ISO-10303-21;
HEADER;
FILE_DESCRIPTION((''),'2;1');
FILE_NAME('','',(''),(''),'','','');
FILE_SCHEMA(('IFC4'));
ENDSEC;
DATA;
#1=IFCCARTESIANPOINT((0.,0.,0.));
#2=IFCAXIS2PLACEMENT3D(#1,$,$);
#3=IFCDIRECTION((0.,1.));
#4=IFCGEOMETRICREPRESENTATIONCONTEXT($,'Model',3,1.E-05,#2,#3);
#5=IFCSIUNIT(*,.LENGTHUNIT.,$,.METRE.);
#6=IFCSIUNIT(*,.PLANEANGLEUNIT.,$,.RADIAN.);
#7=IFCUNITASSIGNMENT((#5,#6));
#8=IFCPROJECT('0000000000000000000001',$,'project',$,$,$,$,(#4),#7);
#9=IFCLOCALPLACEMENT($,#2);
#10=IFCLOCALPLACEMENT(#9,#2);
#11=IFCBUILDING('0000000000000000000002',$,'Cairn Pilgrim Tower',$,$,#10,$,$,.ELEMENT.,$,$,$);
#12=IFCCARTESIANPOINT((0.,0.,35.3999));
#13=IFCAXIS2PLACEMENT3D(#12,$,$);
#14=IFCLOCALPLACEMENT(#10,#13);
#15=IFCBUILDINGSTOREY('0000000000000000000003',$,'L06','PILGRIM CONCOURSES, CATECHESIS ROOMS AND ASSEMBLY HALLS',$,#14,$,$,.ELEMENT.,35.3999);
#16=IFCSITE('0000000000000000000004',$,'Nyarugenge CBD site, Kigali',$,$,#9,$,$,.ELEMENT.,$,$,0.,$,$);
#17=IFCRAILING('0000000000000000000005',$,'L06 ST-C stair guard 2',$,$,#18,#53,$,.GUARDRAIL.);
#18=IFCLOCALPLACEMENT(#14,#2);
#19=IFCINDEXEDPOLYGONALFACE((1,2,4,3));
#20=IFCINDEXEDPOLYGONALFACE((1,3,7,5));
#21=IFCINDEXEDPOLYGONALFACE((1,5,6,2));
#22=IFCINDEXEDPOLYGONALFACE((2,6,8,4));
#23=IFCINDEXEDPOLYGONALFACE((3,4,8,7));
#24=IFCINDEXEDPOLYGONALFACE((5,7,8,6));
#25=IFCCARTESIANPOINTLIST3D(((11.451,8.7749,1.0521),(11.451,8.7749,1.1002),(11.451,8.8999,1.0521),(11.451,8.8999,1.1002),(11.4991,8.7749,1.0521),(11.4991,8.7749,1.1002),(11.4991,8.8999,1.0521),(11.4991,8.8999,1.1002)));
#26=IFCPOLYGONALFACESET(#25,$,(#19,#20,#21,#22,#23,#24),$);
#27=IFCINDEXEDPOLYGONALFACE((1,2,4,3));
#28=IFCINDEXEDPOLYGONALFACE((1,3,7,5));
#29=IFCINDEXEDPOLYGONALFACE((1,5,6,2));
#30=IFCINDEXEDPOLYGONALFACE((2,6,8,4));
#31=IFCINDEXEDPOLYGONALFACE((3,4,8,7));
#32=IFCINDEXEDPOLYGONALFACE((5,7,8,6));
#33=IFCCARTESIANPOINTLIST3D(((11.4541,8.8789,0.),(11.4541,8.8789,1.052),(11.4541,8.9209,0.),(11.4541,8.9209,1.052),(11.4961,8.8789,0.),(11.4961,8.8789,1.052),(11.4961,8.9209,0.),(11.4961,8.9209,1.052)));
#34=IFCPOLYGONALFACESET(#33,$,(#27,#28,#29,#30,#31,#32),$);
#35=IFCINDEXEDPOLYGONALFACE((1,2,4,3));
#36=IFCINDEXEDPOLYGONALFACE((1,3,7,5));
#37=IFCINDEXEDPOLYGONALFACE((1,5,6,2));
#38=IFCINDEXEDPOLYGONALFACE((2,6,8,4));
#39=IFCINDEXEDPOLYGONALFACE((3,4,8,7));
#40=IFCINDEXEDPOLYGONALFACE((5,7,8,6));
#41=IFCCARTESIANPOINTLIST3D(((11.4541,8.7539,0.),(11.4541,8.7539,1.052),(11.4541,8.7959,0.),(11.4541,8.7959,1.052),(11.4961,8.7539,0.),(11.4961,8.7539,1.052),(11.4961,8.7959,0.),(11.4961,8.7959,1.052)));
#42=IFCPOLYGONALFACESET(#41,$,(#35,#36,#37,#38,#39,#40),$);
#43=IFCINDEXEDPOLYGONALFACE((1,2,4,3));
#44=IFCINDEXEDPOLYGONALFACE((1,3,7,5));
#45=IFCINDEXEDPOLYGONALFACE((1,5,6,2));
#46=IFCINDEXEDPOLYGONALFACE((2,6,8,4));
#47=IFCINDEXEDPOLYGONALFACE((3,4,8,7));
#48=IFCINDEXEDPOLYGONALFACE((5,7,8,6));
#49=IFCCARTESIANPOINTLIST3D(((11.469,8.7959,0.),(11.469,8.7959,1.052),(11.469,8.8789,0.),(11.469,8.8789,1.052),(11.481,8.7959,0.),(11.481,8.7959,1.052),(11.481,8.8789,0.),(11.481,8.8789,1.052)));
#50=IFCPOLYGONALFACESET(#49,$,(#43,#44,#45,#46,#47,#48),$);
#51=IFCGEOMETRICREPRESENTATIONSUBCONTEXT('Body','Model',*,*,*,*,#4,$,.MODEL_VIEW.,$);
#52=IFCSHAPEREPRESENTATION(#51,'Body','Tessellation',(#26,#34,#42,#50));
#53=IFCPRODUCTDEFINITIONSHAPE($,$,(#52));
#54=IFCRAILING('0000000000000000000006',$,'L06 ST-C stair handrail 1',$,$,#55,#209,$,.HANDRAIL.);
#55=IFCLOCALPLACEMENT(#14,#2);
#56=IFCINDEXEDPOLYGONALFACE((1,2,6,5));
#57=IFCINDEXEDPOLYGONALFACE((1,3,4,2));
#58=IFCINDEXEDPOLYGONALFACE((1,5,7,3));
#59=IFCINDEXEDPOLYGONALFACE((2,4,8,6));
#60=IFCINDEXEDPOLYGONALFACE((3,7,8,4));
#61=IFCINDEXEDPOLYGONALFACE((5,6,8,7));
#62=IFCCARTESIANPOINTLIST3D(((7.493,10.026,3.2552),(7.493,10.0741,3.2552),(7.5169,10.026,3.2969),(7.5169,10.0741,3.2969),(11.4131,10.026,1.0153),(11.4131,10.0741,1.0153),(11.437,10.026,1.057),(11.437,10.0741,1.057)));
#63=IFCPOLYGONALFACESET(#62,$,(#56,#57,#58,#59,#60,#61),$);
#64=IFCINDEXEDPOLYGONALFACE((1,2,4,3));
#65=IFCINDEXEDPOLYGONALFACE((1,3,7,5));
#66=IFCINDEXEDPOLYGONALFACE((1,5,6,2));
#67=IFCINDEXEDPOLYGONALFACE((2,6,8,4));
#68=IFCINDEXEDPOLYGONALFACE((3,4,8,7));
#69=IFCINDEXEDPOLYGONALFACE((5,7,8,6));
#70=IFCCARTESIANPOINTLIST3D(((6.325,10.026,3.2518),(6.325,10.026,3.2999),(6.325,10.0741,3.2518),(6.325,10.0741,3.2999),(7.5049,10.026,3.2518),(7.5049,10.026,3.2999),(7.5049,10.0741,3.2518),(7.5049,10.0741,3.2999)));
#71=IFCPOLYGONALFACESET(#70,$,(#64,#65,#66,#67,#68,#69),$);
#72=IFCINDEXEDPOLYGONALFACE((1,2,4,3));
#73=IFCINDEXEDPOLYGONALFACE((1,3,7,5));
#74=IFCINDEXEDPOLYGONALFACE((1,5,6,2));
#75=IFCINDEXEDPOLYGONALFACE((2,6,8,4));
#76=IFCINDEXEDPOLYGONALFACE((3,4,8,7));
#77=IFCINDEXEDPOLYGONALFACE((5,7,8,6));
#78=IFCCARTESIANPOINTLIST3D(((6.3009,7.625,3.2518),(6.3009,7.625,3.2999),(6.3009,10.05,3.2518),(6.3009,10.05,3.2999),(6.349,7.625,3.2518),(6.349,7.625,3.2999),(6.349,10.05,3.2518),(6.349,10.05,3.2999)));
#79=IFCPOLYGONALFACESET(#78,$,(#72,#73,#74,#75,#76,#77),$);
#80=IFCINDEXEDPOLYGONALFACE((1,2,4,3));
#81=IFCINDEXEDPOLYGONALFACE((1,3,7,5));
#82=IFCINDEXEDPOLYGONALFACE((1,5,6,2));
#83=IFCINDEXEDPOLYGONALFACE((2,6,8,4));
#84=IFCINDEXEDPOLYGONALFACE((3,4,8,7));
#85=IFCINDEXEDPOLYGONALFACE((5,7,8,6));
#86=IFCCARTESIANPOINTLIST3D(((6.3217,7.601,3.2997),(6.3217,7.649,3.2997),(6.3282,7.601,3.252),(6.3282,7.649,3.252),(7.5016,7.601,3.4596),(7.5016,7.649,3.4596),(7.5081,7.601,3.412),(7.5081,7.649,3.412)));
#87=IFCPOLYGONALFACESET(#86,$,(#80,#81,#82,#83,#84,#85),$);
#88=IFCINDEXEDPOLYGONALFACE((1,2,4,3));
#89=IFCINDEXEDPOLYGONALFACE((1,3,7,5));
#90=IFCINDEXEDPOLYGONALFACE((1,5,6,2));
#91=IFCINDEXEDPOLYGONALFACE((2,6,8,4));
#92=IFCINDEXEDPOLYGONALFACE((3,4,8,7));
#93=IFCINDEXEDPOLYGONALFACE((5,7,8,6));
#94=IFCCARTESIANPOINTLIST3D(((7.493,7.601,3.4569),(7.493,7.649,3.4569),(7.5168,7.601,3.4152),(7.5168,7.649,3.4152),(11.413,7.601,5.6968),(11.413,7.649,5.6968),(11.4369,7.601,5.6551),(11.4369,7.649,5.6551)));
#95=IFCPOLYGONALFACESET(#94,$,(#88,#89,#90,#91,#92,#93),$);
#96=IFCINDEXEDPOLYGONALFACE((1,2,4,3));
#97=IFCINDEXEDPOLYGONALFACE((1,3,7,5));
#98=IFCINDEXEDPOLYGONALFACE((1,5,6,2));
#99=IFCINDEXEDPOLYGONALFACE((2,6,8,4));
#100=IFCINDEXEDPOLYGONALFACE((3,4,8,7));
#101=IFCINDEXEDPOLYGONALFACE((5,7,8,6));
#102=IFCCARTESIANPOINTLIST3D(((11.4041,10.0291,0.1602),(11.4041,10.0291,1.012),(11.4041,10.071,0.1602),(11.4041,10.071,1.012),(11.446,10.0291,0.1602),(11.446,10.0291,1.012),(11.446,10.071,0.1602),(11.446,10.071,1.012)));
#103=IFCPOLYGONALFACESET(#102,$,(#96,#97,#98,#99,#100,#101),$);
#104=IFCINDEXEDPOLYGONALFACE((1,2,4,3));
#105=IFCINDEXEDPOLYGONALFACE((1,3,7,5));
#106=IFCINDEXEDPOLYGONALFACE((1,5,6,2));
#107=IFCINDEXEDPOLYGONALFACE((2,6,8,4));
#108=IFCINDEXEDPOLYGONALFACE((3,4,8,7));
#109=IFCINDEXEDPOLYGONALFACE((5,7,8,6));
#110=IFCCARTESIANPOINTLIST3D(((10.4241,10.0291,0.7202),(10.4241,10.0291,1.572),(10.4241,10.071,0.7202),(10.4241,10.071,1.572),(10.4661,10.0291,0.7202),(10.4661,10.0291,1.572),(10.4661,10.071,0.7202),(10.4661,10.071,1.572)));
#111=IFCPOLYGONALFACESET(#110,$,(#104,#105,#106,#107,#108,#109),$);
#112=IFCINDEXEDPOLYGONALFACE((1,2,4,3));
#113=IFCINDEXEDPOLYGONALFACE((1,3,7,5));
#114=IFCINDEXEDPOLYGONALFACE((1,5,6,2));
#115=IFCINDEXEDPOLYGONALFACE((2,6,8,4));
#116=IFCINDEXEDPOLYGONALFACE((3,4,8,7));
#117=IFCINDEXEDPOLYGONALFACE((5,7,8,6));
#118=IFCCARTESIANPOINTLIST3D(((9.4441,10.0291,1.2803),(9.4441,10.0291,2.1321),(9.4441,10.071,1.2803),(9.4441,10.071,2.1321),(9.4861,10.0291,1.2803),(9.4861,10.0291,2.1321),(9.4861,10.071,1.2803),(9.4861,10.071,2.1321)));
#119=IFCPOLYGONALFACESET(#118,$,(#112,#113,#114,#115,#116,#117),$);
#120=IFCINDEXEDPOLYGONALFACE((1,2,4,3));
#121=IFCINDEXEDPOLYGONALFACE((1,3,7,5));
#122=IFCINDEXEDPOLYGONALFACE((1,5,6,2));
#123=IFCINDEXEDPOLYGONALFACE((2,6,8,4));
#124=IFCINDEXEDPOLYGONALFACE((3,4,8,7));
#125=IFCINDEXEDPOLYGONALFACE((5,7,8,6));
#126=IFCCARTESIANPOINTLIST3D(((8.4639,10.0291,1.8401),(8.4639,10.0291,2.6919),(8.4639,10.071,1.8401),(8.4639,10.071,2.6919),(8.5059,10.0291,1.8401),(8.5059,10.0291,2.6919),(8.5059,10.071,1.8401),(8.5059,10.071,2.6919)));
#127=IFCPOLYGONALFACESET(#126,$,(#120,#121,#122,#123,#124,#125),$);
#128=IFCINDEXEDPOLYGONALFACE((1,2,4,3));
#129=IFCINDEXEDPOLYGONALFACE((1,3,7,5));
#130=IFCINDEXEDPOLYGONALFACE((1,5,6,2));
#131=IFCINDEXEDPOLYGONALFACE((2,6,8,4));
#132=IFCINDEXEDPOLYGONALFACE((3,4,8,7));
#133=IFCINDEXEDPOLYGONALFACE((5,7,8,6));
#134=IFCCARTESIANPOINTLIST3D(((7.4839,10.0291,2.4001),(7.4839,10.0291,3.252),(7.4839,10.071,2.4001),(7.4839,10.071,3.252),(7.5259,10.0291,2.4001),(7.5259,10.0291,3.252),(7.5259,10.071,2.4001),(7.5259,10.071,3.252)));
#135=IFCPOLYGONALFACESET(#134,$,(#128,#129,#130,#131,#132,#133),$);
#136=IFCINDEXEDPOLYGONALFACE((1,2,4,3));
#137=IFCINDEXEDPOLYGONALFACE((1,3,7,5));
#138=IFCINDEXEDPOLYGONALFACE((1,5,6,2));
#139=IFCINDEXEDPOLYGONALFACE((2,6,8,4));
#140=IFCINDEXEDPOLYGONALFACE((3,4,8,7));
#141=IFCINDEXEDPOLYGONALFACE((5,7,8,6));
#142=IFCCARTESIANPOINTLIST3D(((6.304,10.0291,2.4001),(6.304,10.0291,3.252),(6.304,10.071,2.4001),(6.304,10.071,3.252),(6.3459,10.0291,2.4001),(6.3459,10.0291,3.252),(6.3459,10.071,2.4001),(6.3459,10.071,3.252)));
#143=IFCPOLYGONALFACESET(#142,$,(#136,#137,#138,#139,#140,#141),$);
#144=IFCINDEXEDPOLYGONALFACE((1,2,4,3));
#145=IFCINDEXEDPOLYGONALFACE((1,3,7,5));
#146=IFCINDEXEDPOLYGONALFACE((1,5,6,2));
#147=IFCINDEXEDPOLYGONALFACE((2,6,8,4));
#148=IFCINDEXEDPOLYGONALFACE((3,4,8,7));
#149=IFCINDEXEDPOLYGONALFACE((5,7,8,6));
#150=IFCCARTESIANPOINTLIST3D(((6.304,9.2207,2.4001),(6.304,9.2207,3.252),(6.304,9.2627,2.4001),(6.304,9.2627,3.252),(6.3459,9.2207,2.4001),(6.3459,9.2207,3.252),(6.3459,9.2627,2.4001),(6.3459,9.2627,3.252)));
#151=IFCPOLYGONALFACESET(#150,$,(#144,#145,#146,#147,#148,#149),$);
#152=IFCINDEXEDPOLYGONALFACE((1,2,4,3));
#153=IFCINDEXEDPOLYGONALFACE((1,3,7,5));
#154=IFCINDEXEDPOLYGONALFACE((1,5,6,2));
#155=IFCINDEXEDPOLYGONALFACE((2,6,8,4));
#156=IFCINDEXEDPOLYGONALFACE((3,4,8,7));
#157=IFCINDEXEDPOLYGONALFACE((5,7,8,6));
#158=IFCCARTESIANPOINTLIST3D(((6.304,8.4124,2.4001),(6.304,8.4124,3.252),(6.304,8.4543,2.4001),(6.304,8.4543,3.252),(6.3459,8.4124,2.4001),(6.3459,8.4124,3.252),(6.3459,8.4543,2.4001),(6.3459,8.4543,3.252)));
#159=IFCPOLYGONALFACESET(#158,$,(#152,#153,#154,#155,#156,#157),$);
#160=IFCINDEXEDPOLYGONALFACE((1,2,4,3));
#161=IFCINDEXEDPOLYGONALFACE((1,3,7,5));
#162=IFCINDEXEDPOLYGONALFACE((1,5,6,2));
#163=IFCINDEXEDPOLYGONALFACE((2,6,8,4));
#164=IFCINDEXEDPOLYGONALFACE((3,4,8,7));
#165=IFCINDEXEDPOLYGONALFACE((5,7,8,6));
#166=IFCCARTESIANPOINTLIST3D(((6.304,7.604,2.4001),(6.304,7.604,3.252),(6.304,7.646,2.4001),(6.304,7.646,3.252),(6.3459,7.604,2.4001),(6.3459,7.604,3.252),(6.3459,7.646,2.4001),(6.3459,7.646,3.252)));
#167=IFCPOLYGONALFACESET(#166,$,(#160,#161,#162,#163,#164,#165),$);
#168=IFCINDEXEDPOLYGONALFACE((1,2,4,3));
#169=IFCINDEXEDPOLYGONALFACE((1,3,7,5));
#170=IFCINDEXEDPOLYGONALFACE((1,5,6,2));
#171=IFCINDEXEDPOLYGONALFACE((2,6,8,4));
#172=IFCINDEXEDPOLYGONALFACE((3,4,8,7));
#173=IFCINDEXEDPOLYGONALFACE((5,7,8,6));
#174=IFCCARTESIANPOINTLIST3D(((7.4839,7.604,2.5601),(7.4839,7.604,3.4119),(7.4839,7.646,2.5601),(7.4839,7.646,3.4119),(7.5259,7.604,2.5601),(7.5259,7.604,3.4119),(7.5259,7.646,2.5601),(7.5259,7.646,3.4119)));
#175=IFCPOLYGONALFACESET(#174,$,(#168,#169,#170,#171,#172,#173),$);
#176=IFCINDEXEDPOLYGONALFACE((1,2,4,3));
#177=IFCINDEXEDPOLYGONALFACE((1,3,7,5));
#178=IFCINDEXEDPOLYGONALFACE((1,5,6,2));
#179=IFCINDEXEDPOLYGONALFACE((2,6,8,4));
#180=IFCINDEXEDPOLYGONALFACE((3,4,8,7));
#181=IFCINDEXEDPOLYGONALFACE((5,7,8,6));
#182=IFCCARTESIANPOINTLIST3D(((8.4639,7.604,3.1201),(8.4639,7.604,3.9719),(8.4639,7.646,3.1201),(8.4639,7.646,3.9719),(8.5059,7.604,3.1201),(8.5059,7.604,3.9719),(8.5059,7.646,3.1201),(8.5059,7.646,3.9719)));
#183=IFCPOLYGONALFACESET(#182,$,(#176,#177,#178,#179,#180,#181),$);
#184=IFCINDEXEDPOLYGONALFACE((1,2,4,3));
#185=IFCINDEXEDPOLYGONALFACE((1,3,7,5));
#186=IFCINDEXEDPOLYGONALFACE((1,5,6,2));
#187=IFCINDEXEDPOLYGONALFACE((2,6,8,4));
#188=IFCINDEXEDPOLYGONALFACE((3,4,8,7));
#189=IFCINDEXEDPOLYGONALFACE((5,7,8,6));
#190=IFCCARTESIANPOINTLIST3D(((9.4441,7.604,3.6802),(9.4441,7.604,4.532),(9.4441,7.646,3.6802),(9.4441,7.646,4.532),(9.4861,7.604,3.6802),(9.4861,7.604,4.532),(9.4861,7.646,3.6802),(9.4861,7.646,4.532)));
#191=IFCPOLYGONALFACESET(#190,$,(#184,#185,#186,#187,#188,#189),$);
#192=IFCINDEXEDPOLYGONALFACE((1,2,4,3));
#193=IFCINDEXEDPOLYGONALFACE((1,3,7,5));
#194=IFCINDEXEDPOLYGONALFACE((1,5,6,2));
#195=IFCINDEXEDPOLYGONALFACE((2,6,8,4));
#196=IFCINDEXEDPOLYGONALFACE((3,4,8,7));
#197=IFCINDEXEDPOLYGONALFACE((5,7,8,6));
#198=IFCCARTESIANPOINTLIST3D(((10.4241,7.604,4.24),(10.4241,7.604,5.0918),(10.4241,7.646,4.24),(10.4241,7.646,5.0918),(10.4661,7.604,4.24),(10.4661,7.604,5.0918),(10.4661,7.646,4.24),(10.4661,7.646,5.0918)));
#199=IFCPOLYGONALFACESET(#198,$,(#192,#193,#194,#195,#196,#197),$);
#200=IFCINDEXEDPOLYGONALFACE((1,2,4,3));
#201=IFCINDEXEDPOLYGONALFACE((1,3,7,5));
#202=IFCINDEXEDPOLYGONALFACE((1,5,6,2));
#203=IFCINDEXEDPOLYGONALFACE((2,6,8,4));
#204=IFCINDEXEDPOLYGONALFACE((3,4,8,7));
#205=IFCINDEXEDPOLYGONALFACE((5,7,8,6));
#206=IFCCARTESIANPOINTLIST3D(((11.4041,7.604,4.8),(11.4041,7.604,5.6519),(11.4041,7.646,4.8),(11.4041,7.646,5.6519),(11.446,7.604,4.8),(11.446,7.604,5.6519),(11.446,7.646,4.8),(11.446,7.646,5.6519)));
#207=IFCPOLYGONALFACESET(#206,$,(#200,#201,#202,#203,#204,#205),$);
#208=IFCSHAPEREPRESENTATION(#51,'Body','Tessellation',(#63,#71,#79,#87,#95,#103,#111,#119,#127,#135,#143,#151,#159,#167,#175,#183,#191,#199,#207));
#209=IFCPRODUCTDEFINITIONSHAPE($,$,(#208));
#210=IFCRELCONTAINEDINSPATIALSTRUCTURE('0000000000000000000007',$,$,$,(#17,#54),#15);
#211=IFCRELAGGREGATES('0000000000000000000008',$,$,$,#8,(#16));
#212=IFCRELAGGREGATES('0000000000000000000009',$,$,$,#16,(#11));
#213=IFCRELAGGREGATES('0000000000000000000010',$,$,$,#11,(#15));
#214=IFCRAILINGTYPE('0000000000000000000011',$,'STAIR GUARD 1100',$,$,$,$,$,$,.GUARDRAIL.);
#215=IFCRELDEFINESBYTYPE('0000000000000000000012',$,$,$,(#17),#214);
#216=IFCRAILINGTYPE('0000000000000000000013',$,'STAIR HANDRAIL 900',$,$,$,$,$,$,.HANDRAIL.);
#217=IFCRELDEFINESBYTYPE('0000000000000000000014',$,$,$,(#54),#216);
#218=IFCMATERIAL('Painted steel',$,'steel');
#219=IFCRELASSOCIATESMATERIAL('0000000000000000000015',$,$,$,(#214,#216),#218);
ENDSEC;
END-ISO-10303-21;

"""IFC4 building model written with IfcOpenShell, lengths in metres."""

from ifc_helpers import new_model, si_unit, direction, frame, origin, origin_2d, place, context, subcontext, project, spatial, polyline, rectangle, outline, extrude, material, type_object, element, save


model = new_model("IFC4")

# Units and contexts
model_context = context("Model", 3, precision=1e-05, world=origin(), true_north=direction((0.0, 1.0)))
body_context = subcontext(model_context, "Body", "Model", "MODEL_VIEW")
ifc_project = project(units=[si_unit("LENGTHUNIT", "METRE"), si_unit("PLANEANGLEUNIT", "RADIAN")], contexts=[model_context])

# Site, building, storey
site_placement = place(None, origin())
site = spatial("IfcSite", under=ifc_project, at=site_placement, Name="Nyarugenge CBD site, Kigali", CompositionType="ELEMENT", RefElevation=0.0)
building_placement = place(site_placement, origin())
building = spatial("IfcBuilding", under=site, at=building_placement, Name="Cairn Pilgrim Tower", CompositionType="ELEMENT")
storey_placement = place(building_placement, frame((0.0, 0.0, 35.3999)))
storey = spatial("IfcBuildingStorey", under=building, at=storey_placement, Name="L06", Description="PILGRIM CONCOURSES, CATECHESIS ROOMS AND ASSEMBLY HALLS", CompositionType="ELEMENT", Elevation=35.3999)

# Shared definitions
ifc_material_1 = material(Name="Painted steel", Category="steel")

# Railings
railing_type_1 = type_object("IfcRailingType", Name="STAIR GUARD 1100", PredefinedType="GUARDRAIL", material=ifc_material_1)
railing_1_placement = place(storey_placement, frame((11.4751, 8.8999, 0.0)))
element("IfcRailing", 1, at=railing_1_placement, inside=storey, type_object=railing_type_1, Name="L06 ST-C stair guard 2", PredefinedType="GUARDRAIL", context=body_context, shape_type="SweptSolid", body=[
    extrude(rectangle(XDim=0.0481, YDim=0.0481, at=origin_2d()), frame((0.0, 0.0, 1.0762), z_axis=(0.0, -1.0, 0.0), x_axis=(1.0, 0.0, 0.0)), (0.0, 0.0, 1.0), 0.125),
    extrude(rectangle(XDim=0.042, YDim=0.042, at=origin_2d()), origin(), (0.0, 0.0, 1.0), 1.052),
    extrude(rectangle(XDim=0.042, YDim=0.042, at=origin_2d()), frame((0.0, -0.125, 0.0)), (0.0, 0.0, 1.0), 1.052),
    extrude(outline(polyline([(0.021, 0.0), (0.104, 0.0), (0.104, 1.052), (0.021, 1.052), (0.021, 0.0)])), frame((0.0059, 0.0, 0.0), z_axis=(-1.0, 0.0, 0.0), x_axis=(0.0, -1.0, 0.0)), (0.0, 0.0, 1.0), 0.012),
])
railing_type_2 = type_object("IfcRailingType", Name="STAIR HANDRAIL 900", PredefinedType="HANDRAIL", material=ifc_material_1)
railing_2_placement = place(storey_placement, frame((11.425, 10.05, 0.1602)))
element("IfcRailing", 2, at=railing_2_placement, inside=storey, type_object=railing_type_2, Name="L06 ST-C stair handrail 1", PredefinedType="HANDRAIL", context=body_context, shape_type="SweptSolid", body=[
    extrude(rectangle(XDim=0.0481, YDim=0.0481, at=origin_2d()), frame((0.0, 0.0, 0.876), z_axis=(-0.868253, 0.0, 0.496121), x_axis=(0.0, -1.0, 0.0)), (0.0, 0.0, 1.0), 4.5149),
    extrude(rectangle(XDim=0.0481, YDim=0.0481, at=origin_2d()), frame((-3.9202, 0.0, 3.1157), z_axis=(-1.0, 0.0, 0.0), x_axis=(0.0, -1.0, 0.0)), (0.0, 0.0, 1.0), 1.1799),
    extrude(rectangle(XDim=0.0481, YDim=0.0481, at=origin_2d()), frame((-5.1001, 0.0, 3.1157), z_axis=(0.0, -1.0, 0.0), x_axis=(1.0, 0.0, 0.0)), (0.0, 0.0, 1.0), 2.425),
    extrude(rectangle(XDim=0.0481, YDim=0.0481, at=origin_2d()), frame((-5.1001, -2.425, 3.1157), z_axis=(0.990941, 0.0, 0.134299), x_axis=(0.0, 1.0, 0.0)), (0.0, 0.0, 1.0), 1.1907),
    extrude(rectangle(XDim=0.0481, YDim=0.0481, at=origin_2d()), frame((-3.9202, -2.425, 3.2759), z_axis=(0.868253, 0.0, 0.496121), x_axis=(0.0, 1.0, 0.0)), (0.0, 0.0, 1.0), 4.5149),
    extrude(rectangle(XDim=0.042, YDim=0.042, at=origin_2d()), origin(), (0.0, 0.0, 1.0), 0.8518),
    extrude(rectangle(XDim=0.042, YDim=0.042, at=origin_2d()), frame((-0.98, 0.0, 0.5601)), (0.0, 0.0, 1.0), 0.8518),
    extrude(rectangle(XDim=0.042, YDim=0.042, at=origin_2d()), frame((-1.96, 0.0, 1.1201)), (0.0, 0.0, 1.0), 0.8518),
    extrude(rectangle(XDim=0.042, YDim=0.042, at=origin_2d()), frame((-2.9402, 0.0, 1.6799)), (0.0, 0.0, 1.0), 0.8518),
    extrude(rectangle(XDim=0.042, YDim=0.042, at=origin_2d()), frame((-3.9202, 0.0, 2.24)), (0.0, 0.0, 1.0), 0.8518),
    extrude(rectangle(XDim=0.042, YDim=0.042, at=origin_2d()), frame((-5.1001, 0.0, 2.24)), (0.0, 0.0, 1.0), 0.8518),
    extrude(rectangle(XDim=0.042, YDim=0.042, at=origin_2d()), frame((-5.1001, -0.8083, 2.24)), (0.0, 0.0, 1.0), 0.8518),
    extrude(rectangle(XDim=0.042, YDim=0.042, at=origin_2d()), frame((-5.1001, -1.6167, 2.24)), (0.0, 0.0, 1.0), 0.8518),
    extrude(rectangle(XDim=0.042, YDim=0.042, at=origin_2d()), frame((-5.1001, -2.425, 2.24)), (0.0, 0.0, 1.0), 0.8518),
    extrude(rectangle(XDim=0.042, YDim=0.042, at=origin_2d()), frame((-3.9202, -2.425, 2.3999)), (0.0, 0.0, 1.0), 0.8518),
    extrude(rectangle(XDim=0.042, YDim=0.042, at=origin_2d()), frame((-2.9402, -2.425, 2.96)), (0.0, 0.0, 1.0), 0.8518),
    extrude(rectangle(XDim=0.042, YDim=0.042, at=origin_2d()), frame((-1.96, -2.425, 3.52)), (0.0, 0.0, 1.0), 0.8518),
    extrude(rectangle(XDim=0.042, YDim=0.042, at=origin_2d()), frame((-0.98, -2.425, 4.0798)), (0.0, 0.0, 1.0), 0.8518),
    extrude(rectangle(XDim=0.042, YDim=0.042, at=origin_2d()), frame((0.0, -2.425, 4.6399)), (0.0, 0.0, 1.0), 0.8518),
])

save(model, "model.ifc")
